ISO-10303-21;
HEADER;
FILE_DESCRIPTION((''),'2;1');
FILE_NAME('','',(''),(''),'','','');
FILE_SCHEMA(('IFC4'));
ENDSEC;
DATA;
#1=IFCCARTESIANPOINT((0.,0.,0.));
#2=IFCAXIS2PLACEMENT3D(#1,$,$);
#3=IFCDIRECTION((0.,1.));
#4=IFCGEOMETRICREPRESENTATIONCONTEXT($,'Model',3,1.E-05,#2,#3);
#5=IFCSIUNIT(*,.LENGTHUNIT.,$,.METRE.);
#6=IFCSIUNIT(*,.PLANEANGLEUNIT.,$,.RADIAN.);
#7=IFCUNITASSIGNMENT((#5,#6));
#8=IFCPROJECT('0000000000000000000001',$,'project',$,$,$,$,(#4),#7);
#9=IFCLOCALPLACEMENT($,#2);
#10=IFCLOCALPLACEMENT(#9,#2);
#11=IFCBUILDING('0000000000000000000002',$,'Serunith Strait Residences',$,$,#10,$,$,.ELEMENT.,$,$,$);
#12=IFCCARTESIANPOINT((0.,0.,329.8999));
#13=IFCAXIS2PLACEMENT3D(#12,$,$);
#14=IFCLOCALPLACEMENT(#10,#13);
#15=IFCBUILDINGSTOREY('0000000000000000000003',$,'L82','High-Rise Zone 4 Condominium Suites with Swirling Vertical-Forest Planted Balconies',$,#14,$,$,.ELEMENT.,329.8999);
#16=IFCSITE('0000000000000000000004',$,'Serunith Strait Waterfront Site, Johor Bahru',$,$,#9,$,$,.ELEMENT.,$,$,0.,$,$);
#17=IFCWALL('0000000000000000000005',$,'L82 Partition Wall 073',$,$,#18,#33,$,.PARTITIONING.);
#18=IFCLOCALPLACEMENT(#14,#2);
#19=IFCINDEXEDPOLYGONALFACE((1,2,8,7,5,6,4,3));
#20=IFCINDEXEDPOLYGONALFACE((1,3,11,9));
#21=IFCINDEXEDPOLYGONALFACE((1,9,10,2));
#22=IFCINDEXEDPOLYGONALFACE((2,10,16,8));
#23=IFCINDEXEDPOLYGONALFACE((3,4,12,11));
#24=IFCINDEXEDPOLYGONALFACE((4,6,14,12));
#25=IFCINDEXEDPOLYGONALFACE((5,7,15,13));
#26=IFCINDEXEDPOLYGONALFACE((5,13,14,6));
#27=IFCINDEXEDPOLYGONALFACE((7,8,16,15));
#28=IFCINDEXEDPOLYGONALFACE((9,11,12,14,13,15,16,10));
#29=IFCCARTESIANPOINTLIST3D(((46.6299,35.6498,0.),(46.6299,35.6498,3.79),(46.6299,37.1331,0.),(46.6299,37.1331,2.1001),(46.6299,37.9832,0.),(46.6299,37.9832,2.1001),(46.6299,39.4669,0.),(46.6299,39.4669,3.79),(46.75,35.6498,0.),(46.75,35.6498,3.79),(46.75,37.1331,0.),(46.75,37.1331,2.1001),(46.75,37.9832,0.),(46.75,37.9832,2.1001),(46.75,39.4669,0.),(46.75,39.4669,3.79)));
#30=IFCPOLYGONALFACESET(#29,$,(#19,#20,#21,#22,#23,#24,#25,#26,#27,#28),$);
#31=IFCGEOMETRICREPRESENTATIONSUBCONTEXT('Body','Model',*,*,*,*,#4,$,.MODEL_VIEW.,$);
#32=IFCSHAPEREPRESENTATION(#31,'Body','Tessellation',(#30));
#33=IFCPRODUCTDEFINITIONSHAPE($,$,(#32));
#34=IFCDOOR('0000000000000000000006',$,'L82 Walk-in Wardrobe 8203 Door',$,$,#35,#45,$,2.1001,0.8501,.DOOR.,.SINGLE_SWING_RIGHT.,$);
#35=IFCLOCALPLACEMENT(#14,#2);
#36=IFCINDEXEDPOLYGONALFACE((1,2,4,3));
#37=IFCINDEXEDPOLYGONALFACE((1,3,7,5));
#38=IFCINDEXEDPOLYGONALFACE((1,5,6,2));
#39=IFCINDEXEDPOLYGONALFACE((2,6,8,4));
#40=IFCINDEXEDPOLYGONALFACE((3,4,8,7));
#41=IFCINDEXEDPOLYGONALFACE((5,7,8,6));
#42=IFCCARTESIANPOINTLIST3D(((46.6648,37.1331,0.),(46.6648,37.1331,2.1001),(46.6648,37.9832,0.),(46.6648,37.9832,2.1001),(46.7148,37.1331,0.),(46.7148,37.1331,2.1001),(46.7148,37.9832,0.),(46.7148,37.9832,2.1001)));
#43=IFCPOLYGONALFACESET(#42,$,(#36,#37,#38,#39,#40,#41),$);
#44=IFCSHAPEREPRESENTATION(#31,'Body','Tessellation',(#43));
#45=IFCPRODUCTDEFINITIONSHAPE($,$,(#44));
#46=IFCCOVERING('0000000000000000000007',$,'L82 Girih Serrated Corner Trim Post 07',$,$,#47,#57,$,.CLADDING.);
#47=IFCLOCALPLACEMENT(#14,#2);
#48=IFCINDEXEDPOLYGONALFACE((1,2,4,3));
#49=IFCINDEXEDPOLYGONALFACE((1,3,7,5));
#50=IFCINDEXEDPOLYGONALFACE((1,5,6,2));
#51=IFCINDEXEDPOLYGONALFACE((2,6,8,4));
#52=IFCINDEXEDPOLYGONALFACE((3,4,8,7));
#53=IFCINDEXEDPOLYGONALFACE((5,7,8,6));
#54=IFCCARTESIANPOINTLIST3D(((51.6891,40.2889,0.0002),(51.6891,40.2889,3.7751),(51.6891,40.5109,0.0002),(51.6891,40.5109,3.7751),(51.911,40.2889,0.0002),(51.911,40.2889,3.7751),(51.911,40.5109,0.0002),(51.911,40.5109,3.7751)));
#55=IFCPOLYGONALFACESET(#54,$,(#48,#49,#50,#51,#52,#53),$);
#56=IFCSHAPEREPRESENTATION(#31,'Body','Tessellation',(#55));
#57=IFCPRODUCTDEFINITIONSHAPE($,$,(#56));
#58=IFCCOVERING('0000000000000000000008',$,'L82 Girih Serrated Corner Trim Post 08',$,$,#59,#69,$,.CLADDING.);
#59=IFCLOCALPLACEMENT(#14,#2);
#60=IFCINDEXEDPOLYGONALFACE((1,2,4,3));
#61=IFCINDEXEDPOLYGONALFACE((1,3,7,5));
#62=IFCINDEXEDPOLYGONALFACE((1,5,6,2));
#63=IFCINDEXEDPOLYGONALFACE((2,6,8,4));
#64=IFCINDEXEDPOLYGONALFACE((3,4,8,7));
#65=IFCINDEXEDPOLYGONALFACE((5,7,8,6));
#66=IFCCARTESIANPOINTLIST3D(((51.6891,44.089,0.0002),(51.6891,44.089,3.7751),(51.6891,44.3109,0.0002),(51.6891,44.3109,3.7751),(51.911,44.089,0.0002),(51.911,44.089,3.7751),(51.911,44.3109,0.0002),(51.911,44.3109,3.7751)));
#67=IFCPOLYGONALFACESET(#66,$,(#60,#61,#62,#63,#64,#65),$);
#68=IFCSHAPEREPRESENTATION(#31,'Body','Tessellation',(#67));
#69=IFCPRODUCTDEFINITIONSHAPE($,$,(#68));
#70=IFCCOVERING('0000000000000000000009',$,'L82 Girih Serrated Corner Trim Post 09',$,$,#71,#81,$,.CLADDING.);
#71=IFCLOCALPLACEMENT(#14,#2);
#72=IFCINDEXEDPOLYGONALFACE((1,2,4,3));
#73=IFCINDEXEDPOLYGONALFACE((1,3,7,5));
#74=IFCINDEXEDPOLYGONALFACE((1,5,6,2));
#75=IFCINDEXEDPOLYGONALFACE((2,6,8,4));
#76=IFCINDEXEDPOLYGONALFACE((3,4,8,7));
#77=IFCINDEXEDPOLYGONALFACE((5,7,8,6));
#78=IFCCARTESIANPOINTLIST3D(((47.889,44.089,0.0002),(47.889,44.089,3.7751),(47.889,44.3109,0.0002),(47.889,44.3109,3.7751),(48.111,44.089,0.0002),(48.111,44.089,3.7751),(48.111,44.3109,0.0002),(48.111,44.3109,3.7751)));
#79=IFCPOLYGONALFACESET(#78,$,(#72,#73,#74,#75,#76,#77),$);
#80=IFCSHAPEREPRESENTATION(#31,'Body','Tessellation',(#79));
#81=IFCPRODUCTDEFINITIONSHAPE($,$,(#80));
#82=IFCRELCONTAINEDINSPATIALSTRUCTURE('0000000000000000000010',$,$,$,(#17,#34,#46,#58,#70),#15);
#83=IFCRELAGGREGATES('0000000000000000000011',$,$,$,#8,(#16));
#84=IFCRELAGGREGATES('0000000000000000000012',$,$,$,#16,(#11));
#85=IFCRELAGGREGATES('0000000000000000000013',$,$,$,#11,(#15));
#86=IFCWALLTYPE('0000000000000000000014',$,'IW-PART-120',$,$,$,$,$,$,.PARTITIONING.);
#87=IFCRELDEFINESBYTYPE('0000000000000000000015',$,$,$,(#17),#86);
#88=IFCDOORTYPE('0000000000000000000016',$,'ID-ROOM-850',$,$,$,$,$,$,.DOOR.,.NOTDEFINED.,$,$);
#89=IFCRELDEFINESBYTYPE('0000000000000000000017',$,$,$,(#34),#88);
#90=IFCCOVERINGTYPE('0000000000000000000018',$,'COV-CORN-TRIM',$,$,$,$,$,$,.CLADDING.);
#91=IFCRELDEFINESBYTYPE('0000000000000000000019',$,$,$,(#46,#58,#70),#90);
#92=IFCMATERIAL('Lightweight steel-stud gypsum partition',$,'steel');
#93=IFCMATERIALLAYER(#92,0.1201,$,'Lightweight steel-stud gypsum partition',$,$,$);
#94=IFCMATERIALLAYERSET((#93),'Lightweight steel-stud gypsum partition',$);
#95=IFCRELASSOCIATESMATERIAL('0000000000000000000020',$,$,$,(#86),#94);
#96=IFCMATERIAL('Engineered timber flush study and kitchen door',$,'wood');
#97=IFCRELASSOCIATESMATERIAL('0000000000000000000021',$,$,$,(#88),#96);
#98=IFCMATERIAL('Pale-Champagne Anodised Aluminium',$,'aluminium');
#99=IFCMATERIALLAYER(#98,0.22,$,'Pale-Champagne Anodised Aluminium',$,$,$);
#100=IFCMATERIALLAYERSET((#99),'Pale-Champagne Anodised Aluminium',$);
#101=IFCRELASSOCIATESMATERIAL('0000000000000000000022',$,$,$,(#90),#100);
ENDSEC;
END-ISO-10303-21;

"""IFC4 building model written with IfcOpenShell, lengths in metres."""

from ifc_helpers import new_model, si_unit, direction, frame, frame_2d, origin, origin_2d, place, context, subcontext, project, spatial, rectangle, extrude, source, transform, mapped, material, layer, layer_set, type_object, element, fill, save


model = new_model("IFC4")

# Units and contexts
model_context = context("Model", 3, precision=1e-05, world=origin(), true_north=direction((0.0, 1.0)))
body_context = subcontext(model_context, "Body", "Model", "MODEL_VIEW")
ifc_project = project(units=[si_unit("LENGTHUNIT", "METRE"), si_unit("PLANEANGLEUNIT", "RADIAN")], contexts=[model_context])

# Site, building, storey
site_placement = place(None, origin())
site = spatial("IfcSite", under=ifc_project, at=site_placement, Name="Serunith Strait Waterfront Site, Johor Bahru", CompositionType="ELEMENT", RefElevation=0.0)
building_placement = place(site_placement, origin())
building = spatial("IfcBuilding", under=site, at=building_placement, Name="Serunith Strait Residences", CompositionType="ELEMENT")
storey_placement = place(building_placement, frame((0.0, 0.0, 329.8999)))
storey = spatial("IfcBuildingStorey", under=building, at=storey_placement, Name="L82", Description="High-Rise Zone 4 Condominium Suites with Swirling Vertical-Forest Planted Balconies", CompositionType="ELEMENT", Elevation=329.8999)

# Shared definitions
ifc_material_1 = material(Name="Lightweight steel-stud gypsum partition", Category="steel")
ifc_layer_1 = layer(ifc_material_1, 0.1201, Name="Lightweight steel-stud gypsum partition")
ifc_layer_set_1 = layer_set([ifc_layer_1], Name="Lightweight steel-stud gypsum partition")
wall_type_1 = type_object("IfcWallType", Name="IW-PART-120", PredefinedType="PARTITIONING", material=ifc_layer_set_1)

# Wall, opening, door
wall_1_placement = place(storey_placement, frame((46.6899, 39.467, 0.0), z_axis=(0.0, 0.0, 1.0), x_axis=(0.0, -1.0, 0.0)))
wall_1 = element("IfcWall", 1, at=wall_1_placement, inside=storey, type_object=wall_type_1, Name="L82 Partition Wall 073", PredefinedType="PARTITIONING", context=body_context, shape_type="SweptSolid", body=[
    extrude(rectangle(XDim=3.8171, YDim=0.1201, at=frame_2d((1.9087, 0.0))), origin(), (0.0, 0.0, 1.0), 3.79),
])
opening_1_placement = place(wall_1_placement, frame((1.4839, 0.0, 0.0)))
opening_1 = element("IfcOpeningElement", 2, at=opening_1_placement, cuts=wall_1, PredefinedType="OPENING", context=body_context, shape_type="SweptSolid", body=[
    extrude(rectangle(XDim=0.8501, YDim=2.1001, at=frame_2d((0.425, 1.05))), frame((0.0, 0.0701, 0.0), z_axis=(0.0, -1.0, 0.0), x_axis=(1.0, 0.0, 0.0)), (0.0, 0.0, 1.0), 0.1401),
])
ifc_material_2 = material(Name="Engineered timber flush study and kitchen door", Category="wood")
door_type_1 = type_object("IfcDoorType", Name="ID-ROOM-850", OperationType="NOTDEFINED", PredefinedType="DOOR", material=ifc_material_2)
shared_shape_1 = source(origin(), body_context, "Body", "SweptSolid", [
    extrude(rectangle(XDim=0.8501, YDim=2.1001, at=frame_2d((0.425, 1.05))), frame((0.0, 0.0249, 0.0), z_axis=(0.0, -1.0, 0.0), x_axis=(1.0, 0.0, 0.0)), (0.0, 0.0, 1.0), 0.05),
])
door_1_placement = place(opening_1_placement, origin())
door_1 = element("IfcDoor", 3, at=door_1_placement, inside=storey, type_object=door_type_1, Name="L82 Walk-in Wardrobe 8203 Door", OperationType="SINGLE_SWING_RIGHT", OverallHeight=2.1001, OverallWidth=0.8501, PredefinedType="DOOR", context=body_context, shape_type="MappedRepresentation", body=[
    mapped(shared_shape_1, transform((0.0, 0.0, 0.0), scale=1.0)),
])
fill(opening_1, door_1)

# Coverings
ifc_material_3 = material(Name="Pale-Champagne Anodised Aluminium", Category="aluminium")
ifc_layer_2 = layer(ifc_material_3, 0.22, Name="Pale-Champagne Anodised Aluminium")
ifc_layer_set_2 = layer_set([ifc_layer_2], Name="Pale-Champagne Anodised Aluminium")
covering_type = type_object("IfcCoveringType", Name="COV-CORN-TRIM", PredefinedType="CLADDING", material=ifc_layer_set_2)
shared_shape_2 = source(origin(), body_context, "Body", "SweptSolid", [
    extrude(rectangle(XDim=0.2219, YDim=0.2219, at=origin_2d()), origin(), (0.0, 0.0, 1.0), 3.7749),
])
for number, where, z_axis, x_axis, name in (
    (4, (51.8, 40.3999, 0.0002), (0.0, 0.0, 1.0), (1.0, 0.0, 0.0), "L82 Girih Serrated Corner Trim Post 07"),
    (5, (51.8, 44.2, 0.0002), (0.0, 0.0, 1.0), (1.0, 0.0, 0.0), "L82 Girih Serrated Corner Trim Post 08"),
    (6, (48.0, 44.2, 0.0002), (0.0, 0.0, 1.0), (1.0, 0.0, 0.0), "L82 Girih Serrated Corner Trim Post 09"),
):
    element("IfcCovering", number, at=place(storey_placement, frame(where, z_axis=z_axis, x_axis=x_axis)), inside=storey, type_object=covering_type, Name=name, PredefinedType="CLADDING", context=body_context, shape_type="MappedRepresentation", body=[
        mapped(shared_shape_2, transform((0.0, 0.0, 0.0), scale=1.0)),
    ])

save(model, "model.ifc")
